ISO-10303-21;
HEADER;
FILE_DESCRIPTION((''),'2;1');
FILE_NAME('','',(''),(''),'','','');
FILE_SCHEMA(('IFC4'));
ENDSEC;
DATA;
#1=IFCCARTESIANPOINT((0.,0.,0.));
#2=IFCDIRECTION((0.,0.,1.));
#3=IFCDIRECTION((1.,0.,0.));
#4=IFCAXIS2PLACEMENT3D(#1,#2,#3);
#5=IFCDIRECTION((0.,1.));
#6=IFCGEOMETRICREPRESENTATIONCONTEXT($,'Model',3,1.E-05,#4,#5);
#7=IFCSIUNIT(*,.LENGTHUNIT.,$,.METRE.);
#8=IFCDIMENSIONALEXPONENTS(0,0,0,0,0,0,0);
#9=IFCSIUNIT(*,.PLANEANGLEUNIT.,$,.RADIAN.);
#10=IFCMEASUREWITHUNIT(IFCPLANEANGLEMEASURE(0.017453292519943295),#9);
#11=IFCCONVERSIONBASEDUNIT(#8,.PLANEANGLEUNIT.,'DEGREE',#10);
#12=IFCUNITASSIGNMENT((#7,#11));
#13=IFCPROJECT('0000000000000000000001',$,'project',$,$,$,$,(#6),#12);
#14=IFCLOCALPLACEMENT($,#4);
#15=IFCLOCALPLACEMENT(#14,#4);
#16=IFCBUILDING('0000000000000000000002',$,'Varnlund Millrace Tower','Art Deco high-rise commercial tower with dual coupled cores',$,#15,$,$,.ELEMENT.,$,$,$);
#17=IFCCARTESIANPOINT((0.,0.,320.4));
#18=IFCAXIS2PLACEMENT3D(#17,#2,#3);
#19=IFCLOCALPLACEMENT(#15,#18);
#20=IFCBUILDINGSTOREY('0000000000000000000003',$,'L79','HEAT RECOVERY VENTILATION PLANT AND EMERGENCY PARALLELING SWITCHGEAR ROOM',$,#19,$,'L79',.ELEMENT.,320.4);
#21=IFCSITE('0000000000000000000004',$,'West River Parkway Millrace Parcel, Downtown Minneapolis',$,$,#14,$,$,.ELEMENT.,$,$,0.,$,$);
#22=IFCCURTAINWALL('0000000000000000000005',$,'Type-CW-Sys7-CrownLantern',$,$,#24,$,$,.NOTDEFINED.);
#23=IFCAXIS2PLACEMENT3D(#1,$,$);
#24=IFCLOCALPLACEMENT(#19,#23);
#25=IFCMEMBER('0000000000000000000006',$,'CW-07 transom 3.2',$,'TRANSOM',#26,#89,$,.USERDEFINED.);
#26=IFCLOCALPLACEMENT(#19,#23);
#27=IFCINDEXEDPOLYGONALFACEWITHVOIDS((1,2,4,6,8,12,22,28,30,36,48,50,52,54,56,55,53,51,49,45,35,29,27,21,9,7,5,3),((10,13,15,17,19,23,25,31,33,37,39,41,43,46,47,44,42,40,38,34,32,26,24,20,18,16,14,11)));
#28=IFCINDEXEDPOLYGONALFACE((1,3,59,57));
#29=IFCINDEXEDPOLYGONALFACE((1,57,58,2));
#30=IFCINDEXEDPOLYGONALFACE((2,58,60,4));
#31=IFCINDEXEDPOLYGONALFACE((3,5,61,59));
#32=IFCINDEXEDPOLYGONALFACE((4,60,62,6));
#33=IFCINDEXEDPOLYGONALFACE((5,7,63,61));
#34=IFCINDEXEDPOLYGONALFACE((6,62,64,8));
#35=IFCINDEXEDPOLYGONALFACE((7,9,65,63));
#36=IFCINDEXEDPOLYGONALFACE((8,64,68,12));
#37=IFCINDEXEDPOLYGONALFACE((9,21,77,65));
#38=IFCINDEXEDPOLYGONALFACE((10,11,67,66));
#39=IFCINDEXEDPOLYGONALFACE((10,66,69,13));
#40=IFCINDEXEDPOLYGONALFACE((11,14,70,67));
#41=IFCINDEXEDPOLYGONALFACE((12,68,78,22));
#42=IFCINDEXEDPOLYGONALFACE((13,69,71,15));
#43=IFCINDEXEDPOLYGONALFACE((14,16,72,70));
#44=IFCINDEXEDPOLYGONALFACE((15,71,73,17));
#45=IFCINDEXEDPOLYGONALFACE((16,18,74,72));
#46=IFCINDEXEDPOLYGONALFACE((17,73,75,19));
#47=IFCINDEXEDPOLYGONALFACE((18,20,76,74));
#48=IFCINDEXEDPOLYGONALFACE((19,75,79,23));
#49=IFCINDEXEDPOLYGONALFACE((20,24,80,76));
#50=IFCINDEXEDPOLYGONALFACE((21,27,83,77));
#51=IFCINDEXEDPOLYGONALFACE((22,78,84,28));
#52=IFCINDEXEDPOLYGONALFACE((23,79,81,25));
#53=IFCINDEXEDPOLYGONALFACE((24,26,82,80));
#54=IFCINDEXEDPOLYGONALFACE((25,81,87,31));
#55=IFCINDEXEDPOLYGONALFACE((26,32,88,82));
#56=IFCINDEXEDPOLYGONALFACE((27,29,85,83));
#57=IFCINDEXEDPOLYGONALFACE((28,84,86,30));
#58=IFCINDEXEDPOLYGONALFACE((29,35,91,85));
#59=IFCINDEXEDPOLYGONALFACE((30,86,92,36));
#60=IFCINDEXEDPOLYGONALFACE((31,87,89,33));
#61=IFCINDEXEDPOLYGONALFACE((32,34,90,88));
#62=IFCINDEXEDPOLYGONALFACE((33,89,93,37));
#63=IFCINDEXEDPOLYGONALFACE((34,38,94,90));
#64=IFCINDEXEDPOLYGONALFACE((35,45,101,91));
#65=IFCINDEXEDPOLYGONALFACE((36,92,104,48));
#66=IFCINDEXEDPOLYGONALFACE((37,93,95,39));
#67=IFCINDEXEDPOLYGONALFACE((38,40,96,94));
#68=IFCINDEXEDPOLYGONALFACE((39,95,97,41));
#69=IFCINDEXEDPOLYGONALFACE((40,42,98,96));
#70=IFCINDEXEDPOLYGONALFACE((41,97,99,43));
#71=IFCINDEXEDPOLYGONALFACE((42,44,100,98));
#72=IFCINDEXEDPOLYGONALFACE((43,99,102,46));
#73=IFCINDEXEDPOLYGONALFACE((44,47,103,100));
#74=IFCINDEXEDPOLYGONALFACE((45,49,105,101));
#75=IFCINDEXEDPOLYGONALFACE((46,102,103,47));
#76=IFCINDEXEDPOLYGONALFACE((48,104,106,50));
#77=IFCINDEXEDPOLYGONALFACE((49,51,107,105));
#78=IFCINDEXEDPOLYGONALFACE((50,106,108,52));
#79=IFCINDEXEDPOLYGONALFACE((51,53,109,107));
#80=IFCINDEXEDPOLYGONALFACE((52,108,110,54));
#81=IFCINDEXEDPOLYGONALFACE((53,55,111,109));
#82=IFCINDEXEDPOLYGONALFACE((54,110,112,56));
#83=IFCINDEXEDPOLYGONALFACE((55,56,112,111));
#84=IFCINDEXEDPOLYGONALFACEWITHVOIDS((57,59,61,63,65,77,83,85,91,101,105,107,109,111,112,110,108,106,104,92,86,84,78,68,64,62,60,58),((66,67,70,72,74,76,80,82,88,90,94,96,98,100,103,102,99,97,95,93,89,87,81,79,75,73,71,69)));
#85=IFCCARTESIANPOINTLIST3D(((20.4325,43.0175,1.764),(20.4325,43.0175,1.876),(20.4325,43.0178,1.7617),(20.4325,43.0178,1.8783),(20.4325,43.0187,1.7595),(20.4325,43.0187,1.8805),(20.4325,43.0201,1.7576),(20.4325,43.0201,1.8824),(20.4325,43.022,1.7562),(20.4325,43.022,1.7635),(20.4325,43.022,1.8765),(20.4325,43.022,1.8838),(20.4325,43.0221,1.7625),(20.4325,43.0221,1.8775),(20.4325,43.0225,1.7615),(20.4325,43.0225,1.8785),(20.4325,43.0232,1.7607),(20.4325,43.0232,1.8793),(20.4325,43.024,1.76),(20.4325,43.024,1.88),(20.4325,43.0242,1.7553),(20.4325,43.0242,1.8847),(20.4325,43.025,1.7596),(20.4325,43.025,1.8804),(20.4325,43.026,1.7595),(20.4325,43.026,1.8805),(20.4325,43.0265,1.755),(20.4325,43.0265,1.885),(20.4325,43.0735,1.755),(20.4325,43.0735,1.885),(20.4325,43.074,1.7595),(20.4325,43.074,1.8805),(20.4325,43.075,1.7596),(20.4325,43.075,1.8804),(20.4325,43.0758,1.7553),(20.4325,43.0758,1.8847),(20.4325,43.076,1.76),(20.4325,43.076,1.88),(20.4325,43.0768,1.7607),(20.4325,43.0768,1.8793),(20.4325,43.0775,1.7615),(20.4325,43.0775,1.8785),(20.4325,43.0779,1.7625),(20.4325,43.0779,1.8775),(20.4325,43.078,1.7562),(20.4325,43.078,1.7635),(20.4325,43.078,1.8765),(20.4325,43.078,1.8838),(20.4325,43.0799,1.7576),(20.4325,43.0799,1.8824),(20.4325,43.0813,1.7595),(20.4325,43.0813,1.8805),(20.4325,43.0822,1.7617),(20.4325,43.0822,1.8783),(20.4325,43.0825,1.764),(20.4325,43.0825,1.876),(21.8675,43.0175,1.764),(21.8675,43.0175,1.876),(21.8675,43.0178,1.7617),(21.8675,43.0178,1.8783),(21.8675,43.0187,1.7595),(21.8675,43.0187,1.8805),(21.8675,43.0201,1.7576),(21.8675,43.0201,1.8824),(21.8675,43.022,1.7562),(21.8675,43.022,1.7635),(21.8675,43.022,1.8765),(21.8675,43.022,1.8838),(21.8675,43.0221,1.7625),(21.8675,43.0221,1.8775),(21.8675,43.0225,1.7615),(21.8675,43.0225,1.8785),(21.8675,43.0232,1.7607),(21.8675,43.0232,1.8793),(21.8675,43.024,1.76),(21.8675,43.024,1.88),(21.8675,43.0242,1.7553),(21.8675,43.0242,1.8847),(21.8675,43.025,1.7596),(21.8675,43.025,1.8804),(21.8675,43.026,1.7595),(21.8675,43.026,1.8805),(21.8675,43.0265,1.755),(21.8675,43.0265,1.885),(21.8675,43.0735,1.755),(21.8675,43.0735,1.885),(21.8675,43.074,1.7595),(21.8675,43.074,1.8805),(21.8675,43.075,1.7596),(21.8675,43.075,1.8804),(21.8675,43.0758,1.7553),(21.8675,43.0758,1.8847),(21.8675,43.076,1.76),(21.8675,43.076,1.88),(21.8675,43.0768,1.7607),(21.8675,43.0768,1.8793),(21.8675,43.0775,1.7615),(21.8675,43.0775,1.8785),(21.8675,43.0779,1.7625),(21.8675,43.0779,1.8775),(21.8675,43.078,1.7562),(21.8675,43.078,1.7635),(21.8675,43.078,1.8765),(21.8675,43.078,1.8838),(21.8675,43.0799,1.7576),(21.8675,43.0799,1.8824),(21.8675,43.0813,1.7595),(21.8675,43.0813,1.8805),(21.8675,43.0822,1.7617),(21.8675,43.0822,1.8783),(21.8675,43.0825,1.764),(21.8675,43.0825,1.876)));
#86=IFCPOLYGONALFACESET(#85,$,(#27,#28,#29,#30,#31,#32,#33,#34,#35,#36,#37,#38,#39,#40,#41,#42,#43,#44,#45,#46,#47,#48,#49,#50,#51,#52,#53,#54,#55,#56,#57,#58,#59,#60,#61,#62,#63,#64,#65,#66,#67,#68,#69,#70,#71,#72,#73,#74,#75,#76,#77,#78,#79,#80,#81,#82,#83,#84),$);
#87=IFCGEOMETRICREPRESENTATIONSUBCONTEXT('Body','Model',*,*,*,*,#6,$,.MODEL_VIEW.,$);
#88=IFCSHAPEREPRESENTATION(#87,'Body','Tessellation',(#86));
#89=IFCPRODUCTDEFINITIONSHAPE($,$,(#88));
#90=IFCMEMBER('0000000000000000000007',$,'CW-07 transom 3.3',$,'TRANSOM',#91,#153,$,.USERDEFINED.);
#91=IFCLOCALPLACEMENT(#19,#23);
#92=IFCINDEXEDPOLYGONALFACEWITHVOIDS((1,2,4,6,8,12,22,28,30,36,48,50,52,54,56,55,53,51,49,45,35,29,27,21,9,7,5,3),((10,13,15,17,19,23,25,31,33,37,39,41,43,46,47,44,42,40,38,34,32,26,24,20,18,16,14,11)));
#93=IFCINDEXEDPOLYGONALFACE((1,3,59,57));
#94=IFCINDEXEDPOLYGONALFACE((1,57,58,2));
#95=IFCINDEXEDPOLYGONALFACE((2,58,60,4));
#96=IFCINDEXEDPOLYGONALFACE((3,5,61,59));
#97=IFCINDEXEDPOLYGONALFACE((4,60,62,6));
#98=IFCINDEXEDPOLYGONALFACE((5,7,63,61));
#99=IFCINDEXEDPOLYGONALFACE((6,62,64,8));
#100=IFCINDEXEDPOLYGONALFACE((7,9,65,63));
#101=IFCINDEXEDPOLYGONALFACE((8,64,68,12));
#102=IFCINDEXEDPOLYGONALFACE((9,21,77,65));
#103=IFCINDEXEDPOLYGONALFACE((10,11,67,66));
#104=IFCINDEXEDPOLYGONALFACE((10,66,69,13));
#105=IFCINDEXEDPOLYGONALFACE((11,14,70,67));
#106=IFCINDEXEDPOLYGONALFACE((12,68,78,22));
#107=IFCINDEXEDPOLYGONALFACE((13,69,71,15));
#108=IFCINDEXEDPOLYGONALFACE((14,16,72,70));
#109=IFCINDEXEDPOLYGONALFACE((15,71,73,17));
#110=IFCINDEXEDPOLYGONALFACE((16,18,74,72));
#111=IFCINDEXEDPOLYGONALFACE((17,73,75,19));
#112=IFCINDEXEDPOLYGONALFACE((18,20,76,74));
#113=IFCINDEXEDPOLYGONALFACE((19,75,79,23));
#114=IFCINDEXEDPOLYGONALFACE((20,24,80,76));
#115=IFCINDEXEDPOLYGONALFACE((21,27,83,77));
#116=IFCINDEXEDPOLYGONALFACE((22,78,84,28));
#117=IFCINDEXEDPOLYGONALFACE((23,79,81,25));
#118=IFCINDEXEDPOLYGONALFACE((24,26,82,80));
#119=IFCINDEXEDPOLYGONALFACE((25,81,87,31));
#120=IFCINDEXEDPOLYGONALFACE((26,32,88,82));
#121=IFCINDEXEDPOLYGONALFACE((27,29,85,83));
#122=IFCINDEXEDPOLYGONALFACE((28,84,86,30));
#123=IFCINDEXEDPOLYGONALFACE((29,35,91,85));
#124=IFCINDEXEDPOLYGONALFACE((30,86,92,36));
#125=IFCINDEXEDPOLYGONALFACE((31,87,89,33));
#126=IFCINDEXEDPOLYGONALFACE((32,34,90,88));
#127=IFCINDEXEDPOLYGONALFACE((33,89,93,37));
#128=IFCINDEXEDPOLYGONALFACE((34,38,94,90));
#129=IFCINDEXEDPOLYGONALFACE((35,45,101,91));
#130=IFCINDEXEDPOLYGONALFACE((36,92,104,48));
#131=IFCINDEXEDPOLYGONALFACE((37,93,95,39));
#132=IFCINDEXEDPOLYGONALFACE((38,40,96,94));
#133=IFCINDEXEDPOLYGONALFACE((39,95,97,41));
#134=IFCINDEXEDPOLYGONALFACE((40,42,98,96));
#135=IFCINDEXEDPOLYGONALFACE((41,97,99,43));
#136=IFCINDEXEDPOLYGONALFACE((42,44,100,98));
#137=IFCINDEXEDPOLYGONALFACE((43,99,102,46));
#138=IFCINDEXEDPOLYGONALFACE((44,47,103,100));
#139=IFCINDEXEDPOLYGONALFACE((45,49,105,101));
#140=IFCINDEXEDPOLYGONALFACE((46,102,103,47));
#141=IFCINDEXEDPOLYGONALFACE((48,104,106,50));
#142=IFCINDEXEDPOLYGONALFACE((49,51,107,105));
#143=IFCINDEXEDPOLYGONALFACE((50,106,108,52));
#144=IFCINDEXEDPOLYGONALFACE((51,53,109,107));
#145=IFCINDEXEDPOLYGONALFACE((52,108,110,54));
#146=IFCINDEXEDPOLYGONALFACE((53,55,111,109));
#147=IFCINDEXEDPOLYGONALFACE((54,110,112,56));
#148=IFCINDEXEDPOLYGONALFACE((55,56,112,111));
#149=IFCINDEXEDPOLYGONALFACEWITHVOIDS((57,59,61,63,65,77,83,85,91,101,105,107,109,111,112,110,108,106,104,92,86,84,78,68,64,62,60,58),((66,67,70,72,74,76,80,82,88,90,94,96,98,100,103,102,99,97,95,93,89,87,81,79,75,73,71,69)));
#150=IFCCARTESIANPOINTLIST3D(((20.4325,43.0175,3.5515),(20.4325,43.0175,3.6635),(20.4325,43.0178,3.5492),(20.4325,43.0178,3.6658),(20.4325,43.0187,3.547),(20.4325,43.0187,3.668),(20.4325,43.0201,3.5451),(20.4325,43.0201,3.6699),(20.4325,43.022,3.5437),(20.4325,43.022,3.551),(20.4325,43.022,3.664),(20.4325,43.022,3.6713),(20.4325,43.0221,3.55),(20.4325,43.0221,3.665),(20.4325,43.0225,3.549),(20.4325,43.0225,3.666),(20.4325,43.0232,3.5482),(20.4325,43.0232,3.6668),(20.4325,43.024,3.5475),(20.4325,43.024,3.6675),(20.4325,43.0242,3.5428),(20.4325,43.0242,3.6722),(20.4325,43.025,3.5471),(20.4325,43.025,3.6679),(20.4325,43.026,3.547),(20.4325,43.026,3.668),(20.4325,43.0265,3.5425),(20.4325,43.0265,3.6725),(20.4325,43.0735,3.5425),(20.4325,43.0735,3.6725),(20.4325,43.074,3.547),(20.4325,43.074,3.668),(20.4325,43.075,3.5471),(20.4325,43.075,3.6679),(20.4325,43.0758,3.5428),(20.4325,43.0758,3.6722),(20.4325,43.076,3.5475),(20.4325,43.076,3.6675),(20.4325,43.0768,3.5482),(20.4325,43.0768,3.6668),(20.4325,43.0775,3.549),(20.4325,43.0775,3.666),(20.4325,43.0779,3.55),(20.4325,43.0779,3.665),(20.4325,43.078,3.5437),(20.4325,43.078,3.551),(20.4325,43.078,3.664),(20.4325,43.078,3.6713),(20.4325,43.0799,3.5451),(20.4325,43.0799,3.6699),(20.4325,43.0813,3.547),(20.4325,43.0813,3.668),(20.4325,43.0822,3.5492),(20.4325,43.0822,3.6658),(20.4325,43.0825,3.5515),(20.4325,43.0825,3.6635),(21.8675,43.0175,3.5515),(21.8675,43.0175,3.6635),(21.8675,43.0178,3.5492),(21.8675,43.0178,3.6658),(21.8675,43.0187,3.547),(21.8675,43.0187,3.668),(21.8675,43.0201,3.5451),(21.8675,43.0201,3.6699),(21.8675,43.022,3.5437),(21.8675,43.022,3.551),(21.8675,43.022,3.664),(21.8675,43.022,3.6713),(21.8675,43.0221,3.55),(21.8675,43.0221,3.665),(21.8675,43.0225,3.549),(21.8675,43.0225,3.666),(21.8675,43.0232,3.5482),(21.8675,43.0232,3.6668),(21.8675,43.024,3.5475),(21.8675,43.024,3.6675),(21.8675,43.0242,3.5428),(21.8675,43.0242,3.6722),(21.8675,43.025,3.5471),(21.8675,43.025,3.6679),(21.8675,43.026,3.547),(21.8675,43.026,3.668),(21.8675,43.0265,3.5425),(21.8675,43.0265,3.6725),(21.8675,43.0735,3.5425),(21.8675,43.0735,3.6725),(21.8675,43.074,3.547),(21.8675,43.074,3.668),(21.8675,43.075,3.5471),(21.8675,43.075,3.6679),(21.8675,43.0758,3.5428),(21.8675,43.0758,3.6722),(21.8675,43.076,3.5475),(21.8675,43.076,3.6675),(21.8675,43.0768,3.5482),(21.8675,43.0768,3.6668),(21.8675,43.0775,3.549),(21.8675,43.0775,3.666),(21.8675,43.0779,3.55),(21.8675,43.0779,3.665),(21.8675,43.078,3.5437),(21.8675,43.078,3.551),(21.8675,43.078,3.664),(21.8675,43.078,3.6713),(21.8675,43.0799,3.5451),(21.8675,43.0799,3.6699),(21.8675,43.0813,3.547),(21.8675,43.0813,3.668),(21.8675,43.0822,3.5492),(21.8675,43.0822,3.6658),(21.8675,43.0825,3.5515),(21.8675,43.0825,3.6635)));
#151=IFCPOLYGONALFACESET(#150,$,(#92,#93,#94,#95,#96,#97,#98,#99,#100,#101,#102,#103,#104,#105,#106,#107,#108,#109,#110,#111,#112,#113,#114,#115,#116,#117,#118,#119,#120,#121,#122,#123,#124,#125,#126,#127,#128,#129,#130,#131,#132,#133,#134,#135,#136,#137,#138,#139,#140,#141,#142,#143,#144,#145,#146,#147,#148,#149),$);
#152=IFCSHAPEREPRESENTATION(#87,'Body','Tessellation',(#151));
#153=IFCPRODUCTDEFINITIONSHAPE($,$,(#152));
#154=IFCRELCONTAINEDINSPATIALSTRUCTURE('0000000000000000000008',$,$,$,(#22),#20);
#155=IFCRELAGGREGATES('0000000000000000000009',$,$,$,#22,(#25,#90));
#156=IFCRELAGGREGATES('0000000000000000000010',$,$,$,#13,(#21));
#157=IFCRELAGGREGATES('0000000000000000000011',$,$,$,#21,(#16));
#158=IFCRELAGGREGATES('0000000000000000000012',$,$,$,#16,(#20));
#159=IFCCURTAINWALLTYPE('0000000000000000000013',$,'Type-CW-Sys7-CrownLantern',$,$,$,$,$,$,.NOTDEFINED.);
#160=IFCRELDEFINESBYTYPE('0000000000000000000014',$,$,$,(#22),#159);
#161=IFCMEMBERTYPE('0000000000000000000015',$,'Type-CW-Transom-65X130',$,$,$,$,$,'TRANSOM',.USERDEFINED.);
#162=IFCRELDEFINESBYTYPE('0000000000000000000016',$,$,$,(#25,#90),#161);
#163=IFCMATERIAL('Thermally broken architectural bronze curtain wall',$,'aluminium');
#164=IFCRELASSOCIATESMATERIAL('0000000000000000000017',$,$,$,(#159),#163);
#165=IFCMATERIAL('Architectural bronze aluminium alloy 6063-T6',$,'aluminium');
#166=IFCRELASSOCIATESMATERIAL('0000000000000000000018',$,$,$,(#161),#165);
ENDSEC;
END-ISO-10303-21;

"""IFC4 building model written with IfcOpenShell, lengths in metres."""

from ifc_helpers import new_model, entity, si_unit, converted_unit, direction, frame, origin_with_axes, origin_2d_with_axis, place, context, subcontext, project, spatial, hollow_rectangle, extrude, material, material_profile, profile_set, type_object, element, aggregate, save


model = new_model("IFC4")

# Units and contexts
model_context = context("Model", 3, precision=1e-05, world=origin_with_axes(), true_north=direction((0.0, 1.0)))
body_context = subcontext(model_context, "Body", "Model", "MODEL_VIEW")
ifc_project = project(units=[si_unit("LENGTHUNIT", "METRE"), converted_unit("PLANEANGLEUNIT", "DEGREE", entity("IfcPlaneAngleMeasure", 0.017453292519943295), si_unit("PLANEANGLEUNIT", "RADIAN"), dimensions=[0, 0, 0, 0, 0, 0, 0])], contexts=[model_context])

# Site, building, storey
site_placement = place(None, origin_with_axes())
site = spatial("IfcSite", under=ifc_project, at=site_placement, Name="West River Parkway Millrace Parcel, Downtown Minneapolis", CompositionType="ELEMENT", RefElevation=0.0)
building_placement = place(site_placement, origin_with_axes())
building = spatial("IfcBuilding", under=site, at=building_placement, Name="Varnlund Millrace Tower", Description="Art Deco high-rise commercial tower with dual coupled cores", CompositionType="ELEMENT")
storey_placement = place(building_placement, frame((0.0, 0.0, 320.4), z_axis=(0.0, 0.0, 1.0), x_axis=(1.0, 0.0, 0.0)))
storey = spatial("IfcBuildingStorey", under=building, at=storey_placement, Name="L79", Description="HEAT RECOVERY VENTILATION PLANT AND EMERGENCY PARALLELING SWITCHGEAR ROOM", LongName="L79", CompositionType="ELEMENT", Elevation=320.4)

# Curtain wall, members
ifc_material_1 = material(Name="Thermally broken architectural bronze curtain wall", Category="aluminium")
curtain_wall_type = type_object("IfcCurtainWallType", Name="Type-CW-Sys7-CrownLantern", PredefinedType="NOTDEFINED", material=ifc_material_1)
ifc_material_2 = material(Name="Architectural bronze aluminium alloy 6063-T6", Category="aluminium")
ifc_material_profile_1 = material_profile(ifc_material_2, hollow_rectangle(XDim=0.065, YDim=0.13, WallThickness=0.0045, InnerFilletRadius=0.004, OuterFilletRadius=0.009, at=origin_2d_with_axis()), Name="Architectural bronze aluminium alloy 6063-T6")
ifc_profile_set_1 = profile_set([ifc_material_profile_1], Name="Architectural bronze aluminium alloy 6063-T6")
member_type = type_object("IfcMemberType", Name="Type-CW-Transom-65X130", ElementType="TRANSOM", PredefinedType="USERDEFINED", material=ifc_profile_set_1)
curtain_wall_1_placement = place(storey_placement, frame((17.4, 43.05, 0.0), z_axis=(0.0, 0.0, 1.0), x_axis=(1.0, 0.0, 0.0)))
curtain_wall_1 = element("IfcCurtainWall", 1, at=curtain_wall_1_placement, inside=storey, type_object=curtain_wall_type, Name="Type-CW-Sys7-CrownLantern", PredefinedType="NOTDEFINED")
member_1_placement = place(storey_placement, frame((20.4325, 43.05, 1.82), z_axis=(1.0, 0.0, 0.0), x_axis=(0.0, 1.0, 0.0)))
member_1 = element("IfcMember", 2, at=member_1_placement, type_object=member_type, Name="CW-07 transom 3.2", ObjectType="TRANSOM", PredefinedType="USERDEFINED", context=body_context, shape_type="SweptSolid", body=[
    extrude(hollow_rectangle(XDim=0.065, YDim=0.13, WallThickness=0.0045, InnerFilletRadius=0.004, OuterFilletRadius=0.009, at=origin_2d_with_axis()), origin_with_axes(), (0.0, 0.0, 1.0), 1.435),
])
member_2_placement = place(storey_placement, frame((20.4325, 43.05, 3.6075), z_axis=(1.0, 0.0, 0.0), x_axis=(0.0, 1.0, 0.0)))
member_2 = element("IfcMember", 3, at=member_2_placement, type_object=member_type, Name="CW-07 transom 3.3", ObjectType="TRANSOM", PredefinedType="USERDEFINED", context=body_context, shape_type="SweptSolid", body=[
    extrude(hollow_rectangle(XDim=0.065, YDim=0.13, WallThickness=0.0045, InnerFilletRadius=0.004, OuterFilletRadius=0.009, at=origin_2d_with_axis()), origin_with_axes(), (0.0, 0.0, 1.0), 1.435),
])

aggregate(curtain_wall_1, [member_1, member_2])

save(model, "model.ifc")
